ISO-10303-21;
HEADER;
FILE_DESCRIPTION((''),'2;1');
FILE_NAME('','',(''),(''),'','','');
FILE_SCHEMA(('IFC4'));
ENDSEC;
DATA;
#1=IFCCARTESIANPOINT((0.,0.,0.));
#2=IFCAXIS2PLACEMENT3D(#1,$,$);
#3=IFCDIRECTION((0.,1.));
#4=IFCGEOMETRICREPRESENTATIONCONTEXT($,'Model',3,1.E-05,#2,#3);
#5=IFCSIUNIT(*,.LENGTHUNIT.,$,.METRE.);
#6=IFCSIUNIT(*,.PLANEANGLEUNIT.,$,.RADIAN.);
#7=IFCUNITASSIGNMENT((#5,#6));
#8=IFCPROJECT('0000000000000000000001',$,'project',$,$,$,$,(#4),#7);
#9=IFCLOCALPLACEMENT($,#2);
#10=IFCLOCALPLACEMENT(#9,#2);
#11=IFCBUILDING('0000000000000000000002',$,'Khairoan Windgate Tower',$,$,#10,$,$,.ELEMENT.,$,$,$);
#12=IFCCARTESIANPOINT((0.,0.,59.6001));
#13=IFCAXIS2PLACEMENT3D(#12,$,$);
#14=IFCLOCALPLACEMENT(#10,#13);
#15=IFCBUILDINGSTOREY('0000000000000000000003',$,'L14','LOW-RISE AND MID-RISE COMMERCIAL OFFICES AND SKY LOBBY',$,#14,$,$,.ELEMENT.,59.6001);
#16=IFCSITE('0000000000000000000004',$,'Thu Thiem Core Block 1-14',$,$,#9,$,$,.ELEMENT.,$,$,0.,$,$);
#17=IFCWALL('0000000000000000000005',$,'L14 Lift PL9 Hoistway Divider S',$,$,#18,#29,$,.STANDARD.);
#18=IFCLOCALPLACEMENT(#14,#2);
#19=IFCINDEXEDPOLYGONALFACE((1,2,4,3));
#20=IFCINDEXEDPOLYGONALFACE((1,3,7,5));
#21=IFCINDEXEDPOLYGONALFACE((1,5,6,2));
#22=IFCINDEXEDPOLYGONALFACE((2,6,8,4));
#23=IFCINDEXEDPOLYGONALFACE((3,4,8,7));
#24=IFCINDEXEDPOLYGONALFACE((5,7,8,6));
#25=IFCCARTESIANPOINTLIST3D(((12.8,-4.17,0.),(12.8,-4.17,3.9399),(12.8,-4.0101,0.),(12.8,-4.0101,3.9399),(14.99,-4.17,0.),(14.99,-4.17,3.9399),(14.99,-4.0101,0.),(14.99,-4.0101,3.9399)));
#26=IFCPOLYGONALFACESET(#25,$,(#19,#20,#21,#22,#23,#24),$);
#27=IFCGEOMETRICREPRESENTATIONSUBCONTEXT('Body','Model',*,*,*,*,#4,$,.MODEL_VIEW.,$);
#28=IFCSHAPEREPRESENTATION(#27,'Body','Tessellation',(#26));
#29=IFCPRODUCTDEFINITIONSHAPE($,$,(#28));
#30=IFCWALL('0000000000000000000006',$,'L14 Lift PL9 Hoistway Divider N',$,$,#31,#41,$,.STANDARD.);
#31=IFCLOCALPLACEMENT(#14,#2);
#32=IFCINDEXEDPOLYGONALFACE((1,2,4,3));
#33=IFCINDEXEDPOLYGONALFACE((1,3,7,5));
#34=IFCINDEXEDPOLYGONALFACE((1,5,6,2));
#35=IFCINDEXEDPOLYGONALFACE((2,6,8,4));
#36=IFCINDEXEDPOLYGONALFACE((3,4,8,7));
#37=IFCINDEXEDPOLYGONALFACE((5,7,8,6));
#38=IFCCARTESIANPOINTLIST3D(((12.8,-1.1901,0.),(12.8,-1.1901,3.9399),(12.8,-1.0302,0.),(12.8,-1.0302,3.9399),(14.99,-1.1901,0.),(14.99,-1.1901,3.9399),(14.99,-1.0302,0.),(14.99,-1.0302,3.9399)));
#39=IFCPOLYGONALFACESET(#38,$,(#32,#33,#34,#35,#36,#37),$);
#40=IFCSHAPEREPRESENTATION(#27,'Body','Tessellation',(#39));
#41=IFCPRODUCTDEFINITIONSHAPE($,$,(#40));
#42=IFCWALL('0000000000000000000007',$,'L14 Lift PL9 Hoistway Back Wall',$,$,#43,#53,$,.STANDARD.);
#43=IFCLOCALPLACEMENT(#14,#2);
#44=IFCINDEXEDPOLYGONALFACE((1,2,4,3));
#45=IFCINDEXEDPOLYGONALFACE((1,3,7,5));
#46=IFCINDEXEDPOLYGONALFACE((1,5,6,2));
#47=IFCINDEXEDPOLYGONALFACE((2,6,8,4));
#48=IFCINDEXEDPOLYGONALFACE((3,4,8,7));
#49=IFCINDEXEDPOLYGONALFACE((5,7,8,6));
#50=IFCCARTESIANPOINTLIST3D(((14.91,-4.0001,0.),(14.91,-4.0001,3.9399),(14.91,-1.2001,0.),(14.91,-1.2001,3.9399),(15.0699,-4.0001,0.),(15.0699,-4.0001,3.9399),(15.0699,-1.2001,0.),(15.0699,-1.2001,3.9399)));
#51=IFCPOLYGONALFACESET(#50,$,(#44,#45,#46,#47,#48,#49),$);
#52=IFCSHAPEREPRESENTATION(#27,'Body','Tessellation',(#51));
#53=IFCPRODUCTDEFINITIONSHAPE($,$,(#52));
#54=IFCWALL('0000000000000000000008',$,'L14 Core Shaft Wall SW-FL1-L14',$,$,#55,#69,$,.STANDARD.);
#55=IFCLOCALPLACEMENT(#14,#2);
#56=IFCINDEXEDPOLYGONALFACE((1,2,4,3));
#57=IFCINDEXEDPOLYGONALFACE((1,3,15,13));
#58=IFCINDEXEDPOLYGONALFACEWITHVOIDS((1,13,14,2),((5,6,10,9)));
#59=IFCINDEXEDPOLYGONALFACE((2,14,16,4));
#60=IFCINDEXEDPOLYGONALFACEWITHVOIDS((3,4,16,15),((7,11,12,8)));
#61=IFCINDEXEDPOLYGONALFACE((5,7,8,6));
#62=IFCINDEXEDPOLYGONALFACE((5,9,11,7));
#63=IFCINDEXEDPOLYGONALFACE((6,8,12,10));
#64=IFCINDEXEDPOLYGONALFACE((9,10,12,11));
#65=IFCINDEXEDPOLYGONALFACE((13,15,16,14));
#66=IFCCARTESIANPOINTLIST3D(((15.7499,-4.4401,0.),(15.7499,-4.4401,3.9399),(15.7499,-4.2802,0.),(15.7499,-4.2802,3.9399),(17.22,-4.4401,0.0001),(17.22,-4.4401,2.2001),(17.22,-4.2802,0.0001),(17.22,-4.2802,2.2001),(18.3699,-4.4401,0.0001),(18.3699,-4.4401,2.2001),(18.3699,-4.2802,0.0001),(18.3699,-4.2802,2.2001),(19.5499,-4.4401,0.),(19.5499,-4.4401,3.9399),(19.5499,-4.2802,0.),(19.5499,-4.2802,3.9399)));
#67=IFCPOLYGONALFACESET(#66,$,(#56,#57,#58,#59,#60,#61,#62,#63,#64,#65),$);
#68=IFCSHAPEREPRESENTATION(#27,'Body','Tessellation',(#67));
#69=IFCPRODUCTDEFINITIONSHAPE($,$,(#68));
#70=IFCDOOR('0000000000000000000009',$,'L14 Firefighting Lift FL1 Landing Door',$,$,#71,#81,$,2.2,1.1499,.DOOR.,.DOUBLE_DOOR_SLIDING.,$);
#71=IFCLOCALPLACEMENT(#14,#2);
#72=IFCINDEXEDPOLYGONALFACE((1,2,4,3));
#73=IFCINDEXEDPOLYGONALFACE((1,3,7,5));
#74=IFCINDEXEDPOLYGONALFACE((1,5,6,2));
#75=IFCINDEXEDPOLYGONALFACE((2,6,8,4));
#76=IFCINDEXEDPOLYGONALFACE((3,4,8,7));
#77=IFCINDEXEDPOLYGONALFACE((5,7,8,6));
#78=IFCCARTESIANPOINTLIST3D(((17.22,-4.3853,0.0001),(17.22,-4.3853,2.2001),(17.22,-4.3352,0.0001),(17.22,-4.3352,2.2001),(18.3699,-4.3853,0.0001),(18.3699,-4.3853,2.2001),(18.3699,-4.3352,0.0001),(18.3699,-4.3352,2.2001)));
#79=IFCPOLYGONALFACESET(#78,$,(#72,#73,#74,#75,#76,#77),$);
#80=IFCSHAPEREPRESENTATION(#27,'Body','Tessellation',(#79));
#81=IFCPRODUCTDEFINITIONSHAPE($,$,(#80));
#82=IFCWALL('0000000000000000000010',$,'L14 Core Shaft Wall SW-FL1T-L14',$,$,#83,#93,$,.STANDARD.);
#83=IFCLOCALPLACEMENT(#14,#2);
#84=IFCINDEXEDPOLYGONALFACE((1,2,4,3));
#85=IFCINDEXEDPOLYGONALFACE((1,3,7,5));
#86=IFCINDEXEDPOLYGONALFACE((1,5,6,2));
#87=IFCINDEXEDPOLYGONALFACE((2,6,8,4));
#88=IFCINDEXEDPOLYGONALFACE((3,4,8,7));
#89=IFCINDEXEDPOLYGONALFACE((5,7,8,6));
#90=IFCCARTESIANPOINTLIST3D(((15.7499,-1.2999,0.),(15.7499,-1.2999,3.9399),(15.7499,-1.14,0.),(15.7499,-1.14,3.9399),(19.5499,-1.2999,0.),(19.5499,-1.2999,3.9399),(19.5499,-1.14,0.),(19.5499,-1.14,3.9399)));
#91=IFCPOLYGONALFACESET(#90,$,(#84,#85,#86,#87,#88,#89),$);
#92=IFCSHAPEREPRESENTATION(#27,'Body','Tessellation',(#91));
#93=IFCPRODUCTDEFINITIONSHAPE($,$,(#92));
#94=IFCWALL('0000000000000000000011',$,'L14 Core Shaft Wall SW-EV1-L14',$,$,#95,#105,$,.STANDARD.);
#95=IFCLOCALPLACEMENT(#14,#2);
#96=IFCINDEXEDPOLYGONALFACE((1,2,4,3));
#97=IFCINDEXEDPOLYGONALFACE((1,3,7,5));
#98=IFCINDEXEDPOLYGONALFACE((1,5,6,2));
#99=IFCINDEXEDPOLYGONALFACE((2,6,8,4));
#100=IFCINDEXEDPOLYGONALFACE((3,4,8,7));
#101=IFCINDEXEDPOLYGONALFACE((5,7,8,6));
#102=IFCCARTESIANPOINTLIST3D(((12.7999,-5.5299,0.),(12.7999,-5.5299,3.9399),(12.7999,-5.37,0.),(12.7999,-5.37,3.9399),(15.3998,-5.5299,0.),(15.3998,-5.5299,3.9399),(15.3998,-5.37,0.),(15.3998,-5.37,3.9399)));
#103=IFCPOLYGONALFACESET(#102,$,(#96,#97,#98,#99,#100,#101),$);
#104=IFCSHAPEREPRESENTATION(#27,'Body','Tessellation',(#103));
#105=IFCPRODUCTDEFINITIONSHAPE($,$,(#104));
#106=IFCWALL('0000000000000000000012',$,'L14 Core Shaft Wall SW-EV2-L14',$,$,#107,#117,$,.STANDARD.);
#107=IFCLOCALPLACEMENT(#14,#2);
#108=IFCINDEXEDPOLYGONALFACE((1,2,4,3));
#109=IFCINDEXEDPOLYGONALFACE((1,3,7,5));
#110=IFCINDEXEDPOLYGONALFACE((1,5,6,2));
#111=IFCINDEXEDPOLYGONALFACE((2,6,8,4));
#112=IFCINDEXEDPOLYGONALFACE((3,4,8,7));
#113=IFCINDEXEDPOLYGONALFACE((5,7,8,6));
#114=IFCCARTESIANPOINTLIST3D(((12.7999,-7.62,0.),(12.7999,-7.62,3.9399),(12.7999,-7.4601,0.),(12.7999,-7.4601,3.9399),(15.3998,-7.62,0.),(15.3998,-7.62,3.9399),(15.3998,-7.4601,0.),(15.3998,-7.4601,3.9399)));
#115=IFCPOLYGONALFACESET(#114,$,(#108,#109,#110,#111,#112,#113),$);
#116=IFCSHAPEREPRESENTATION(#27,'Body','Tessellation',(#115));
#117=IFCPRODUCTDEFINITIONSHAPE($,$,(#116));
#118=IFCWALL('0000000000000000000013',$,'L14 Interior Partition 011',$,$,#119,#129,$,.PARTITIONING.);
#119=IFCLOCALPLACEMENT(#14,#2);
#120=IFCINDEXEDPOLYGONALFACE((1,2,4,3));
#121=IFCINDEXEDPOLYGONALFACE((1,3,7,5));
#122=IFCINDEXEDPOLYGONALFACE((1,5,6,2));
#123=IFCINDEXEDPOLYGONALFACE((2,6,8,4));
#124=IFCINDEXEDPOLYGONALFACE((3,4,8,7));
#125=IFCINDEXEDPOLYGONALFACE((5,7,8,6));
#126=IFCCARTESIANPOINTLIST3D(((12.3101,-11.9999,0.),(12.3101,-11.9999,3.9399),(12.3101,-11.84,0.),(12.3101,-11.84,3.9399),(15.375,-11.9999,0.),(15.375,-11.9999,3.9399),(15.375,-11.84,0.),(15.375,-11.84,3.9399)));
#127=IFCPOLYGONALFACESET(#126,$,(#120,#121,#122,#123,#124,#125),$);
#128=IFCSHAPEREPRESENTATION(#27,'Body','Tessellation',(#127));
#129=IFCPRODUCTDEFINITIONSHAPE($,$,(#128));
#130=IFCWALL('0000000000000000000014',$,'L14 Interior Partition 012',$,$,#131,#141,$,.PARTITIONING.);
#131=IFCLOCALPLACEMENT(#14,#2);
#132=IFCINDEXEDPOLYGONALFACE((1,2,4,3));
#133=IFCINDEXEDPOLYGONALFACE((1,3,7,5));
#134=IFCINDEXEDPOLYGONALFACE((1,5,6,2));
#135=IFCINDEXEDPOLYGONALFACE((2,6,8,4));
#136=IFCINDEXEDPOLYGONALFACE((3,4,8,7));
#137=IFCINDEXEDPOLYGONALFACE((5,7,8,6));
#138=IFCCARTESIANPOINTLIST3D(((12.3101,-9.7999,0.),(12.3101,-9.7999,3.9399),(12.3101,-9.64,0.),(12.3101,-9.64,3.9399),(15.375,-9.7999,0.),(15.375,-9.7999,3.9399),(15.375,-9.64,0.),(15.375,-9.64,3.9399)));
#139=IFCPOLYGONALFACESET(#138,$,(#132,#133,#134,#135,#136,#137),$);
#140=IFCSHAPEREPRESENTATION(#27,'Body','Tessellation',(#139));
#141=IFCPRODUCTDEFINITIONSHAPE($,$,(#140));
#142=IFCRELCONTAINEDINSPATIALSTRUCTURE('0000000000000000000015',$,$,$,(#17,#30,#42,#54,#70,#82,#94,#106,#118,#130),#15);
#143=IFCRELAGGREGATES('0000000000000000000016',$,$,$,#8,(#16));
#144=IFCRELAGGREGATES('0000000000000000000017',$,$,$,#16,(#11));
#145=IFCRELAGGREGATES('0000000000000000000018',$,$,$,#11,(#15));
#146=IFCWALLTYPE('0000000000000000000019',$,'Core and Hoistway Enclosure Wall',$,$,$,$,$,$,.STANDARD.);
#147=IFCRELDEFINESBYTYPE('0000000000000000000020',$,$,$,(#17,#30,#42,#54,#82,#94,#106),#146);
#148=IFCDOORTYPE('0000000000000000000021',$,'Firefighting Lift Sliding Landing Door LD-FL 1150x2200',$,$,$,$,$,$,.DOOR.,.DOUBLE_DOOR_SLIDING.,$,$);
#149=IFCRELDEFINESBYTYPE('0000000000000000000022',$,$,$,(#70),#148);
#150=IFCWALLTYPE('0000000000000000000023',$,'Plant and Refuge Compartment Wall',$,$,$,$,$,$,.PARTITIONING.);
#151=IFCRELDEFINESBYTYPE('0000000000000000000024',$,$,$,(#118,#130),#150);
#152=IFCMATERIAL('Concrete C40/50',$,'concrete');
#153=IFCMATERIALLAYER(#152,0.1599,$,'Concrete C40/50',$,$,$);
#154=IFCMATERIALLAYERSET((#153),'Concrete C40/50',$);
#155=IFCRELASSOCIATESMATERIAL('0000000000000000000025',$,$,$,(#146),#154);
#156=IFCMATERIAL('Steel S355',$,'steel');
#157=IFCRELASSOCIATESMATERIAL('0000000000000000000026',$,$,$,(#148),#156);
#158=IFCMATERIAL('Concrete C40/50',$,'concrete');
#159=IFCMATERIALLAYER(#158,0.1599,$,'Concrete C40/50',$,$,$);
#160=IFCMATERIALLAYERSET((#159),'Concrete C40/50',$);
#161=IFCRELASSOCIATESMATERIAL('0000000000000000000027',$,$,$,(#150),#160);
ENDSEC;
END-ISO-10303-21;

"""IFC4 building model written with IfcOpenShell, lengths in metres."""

from ifc_helpers import new_model, si_unit, direction, frame, frame_2d, origin, place, context, subcontext, project, spatial, rectangle, extrude, material, layer, layer_set, type_object, element, fill, save


model = new_model("IFC4")

# Units and contexts
model_context = context("Model", 3, precision=1e-05, world=origin(), true_north=direction((0.0, 1.0)))
body_context = subcontext(model_context, "Body", "Model", "MODEL_VIEW")
ifc_project = project(units=[si_unit("LENGTHUNIT", "METRE"), si_unit("PLANEANGLEUNIT", "RADIAN")], contexts=[model_context])

# Site, building, storey
site_placement = place(None, origin())
site = spatial("IfcSite", under=ifc_project, at=site_placement, Name="Thu Thiem Core Block 1-14", CompositionType="ELEMENT", RefElevation=0.0)
building_placement = place(site_placement, origin())
building = spatial("IfcBuilding", under=site, at=building_placement, Name="Khairoan Windgate Tower", CompositionType="ELEMENT")
storey_placement = place(building_placement, frame((0.0, 0.0, 59.6001)))
storey = spatial("IfcBuildingStorey", under=building, at=storey_placement, Name="L14", Description="LOW-RISE AND MID-RISE COMMERCIAL OFFICES AND SKY LOBBY", CompositionType="ELEMENT", Elevation=59.6001)

# Walls
ifc_material_1 = material(Name="Concrete C40/50", Category="concrete")
ifc_layer_1 = layer(ifc_material_1, 0.1599, Name="Concrete C40/50")
ifc_layer_set_1 = layer_set([ifc_layer_1], Name="Concrete C40/50")
wall_type_1 = type_object("IfcWallType", Name="Core and Hoistway Enclosure Wall", PredefinedType="STANDARD", material=ifc_layer_set_1)
for number, where, z_axis, x_axis, name in (
    (1, (12.8, -4.0901, 0.0), (0.0, 0.0, 1.0), (1.0, 0.0, 0.0), "L14 Lift PL9 Hoistway Divider S"),
    (2, (12.8, -1.1101, 0.0), (0.0, 0.0, 1.0), (1.0, 0.0, 0.0), "L14 Lift PL9 Hoistway Divider N"),
):
    element("IfcWall", number, at=place(storey_placement, frame(where, z_axis=z_axis, x_axis=x_axis)), inside=storey, type_object=wall_type_1, Name=name, PredefinedType="STANDARD", context=body_context, shape_type="SweptSolid", body=[
        extrude(rectangle(XDim=2.1899, YDim=0.1599, at=frame_2d((1.095, 0.0))), origin(), (0.0, 0.0, 1.0), 3.9399),
    ])
wall_1_placement = place(storey_placement, frame((14.99, -4.0, 0.0), z_axis=(0.0, 0.0, 1.0), x_axis=(0.0, 1.0, 0.0)))
element("IfcWall", 3, at=wall_1_placement, inside=storey, type_object=wall_type_1, Name="L14 Lift PL9 Hoistway Back Wall", PredefinedType="STANDARD", context=body_context, shape_type="SweptSolid", body=[
    extrude(rectangle(XDim=2.8, YDim=0.1599, at=frame_2d((1.3999, 0.0))), origin(), (0.0, 0.0, 1.0), 3.9399),
])

# Wall, opening, door
wall_2_placement = place(storey_placement, frame((15.75, -4.3601, 0.0), z_axis=(0.0, 0.0, 1.0), x_axis=(1.0, 0.0, 0.0)))
wall_2 = element("IfcWall", 4, at=wall_2_placement, inside=storey, type_object=wall_type_1, Name="L14 Core Shaft Wall SW-FL1-L14", PredefinedType="STANDARD", context=body_context, shape_type="SweptSolid", body=[
    extrude(rectangle(XDim=3.8, YDim=0.1599, at=frame_2d((1.8999, 0.0))), origin(), (0.0, 0.0, 1.0), 3.9399),
])
opening_placement = place(wall_2_placement, frame((1.47, 0.0, 0.0)))
opening = element("IfcOpeningElement", 5, at=opening_placement, cuts=wall_2, PredefinedType="OPENING", context=body_context, shape_type="SweptSolid", body=[
    extrude(rectangle(XDim=1.1499, YDim=2.2, at=frame_2d((0.575, 1.1001))), frame((0.0, 0.0898, 0.0), z_axis=(0.0, -1.0, 0.0), x_axis=(1.0, 0.0, 0.0)), (0.0, 0.0, 1.0), 0.1799),
])
ifc_material_2 = material(Name="Steel S355", Category="steel")
door_type = type_object("IfcDoorType", Name="Firefighting Lift Sliding Landing Door LD-FL 1150x2200", OperationType="DOUBLE_DOOR_SLIDING", PredefinedType="DOOR", material=ifc_material_2)
door_placement = place(opening_placement, origin())
door = element("IfcDoor", 6, at=door_placement, inside=storey, type_object=door_type, Name="L14 Firefighting Lift FL1 Landing Door", OperationType="DOUBLE_DOOR_SLIDING", OverallHeight=2.2, OverallWidth=1.1499, PredefinedType="DOOR", context=body_context, shape_type="SweptSolid", body=[
    extrude(rectangle(XDim=1.1499, YDim=2.2, at=frame_2d((0.575, 1.1001))), frame((0.0, 0.0249, 0.0), z_axis=(0.0, -1.0, 0.0), x_axis=(1.0, 0.0, 0.0)), (0.0, 0.0, 1.0), 0.05),
])
fill(opening, door)

# Walls
wall_3_placement = place(storey_placement, frame((15.75, -1.22, 0.0), z_axis=(0.0, 0.0, 1.0), x_axis=(1.0, 0.0, 0.0)))
element("IfcWall", 7, at=wall_3_placement, inside=storey, type_object=wall_type_1, Name="L14 Core Shaft Wall SW-FL1T-L14", PredefinedType="STANDARD", context=body_context, shape_type="SweptSolid", body=[
    extrude(rectangle(XDim=3.8, YDim=0.1599, at=frame_2d((1.8999, 0.0))), origin(), (0.0, 0.0, 1.0), 3.9399),
])
for number, where, z_axis, x_axis, name in (
    (8, (12.8, -5.45, 0.0), (0.0, 0.0, 1.0), (1.0, 0.0, 0.0), "L14 Core Shaft Wall SW-EV1-L14"),
    (9, (12.8, -7.54, 0.0), (0.0, 0.0, 1.0), (1.0, 0.0, 0.0), "L14 Core Shaft Wall SW-EV2-L14"),
):
    element("IfcWall", number, at=place(storey_placement, frame(where, z_axis=z_axis, x_axis=x_axis)), inside=storey, type_object=wall_type_1, Name=name, PredefinedType="STANDARD", context=body_context, shape_type="SweptSolid", body=[
        extrude(rectangle(XDim=2.5999, YDim=0.1599, at=frame_2d((1.2998, 0.0))), origin(), (0.0, 0.0, 1.0), 3.9399),
    ])
ifc_material_3 = material(Name="Concrete C40/50", Category="concrete")
ifc_layer_2 = layer(ifc_material_3, 0.1599, Name="Concrete C40/50")
ifc_layer_set_2 = layer_set([ifc_layer_2], Name="Concrete C40/50")
wall_type_2 = type_object("IfcWallType", Name="Plant and Refuge Compartment Wall", PredefinedType="PARTITIONING", material=ifc_layer_set_2)
for number, where, z_axis, x_axis, name in (
    (10, (12.3101, -11.9199, 0.0), (0.0, 0.0, 1.0), (1.0, 0.0, 0.0), "L14 Interior Partition 011"),
    (11, (12.3101, -9.72, 0.0), (0.0, 0.0, 1.0), (1.0, 0.0, 0.0), "L14 Interior Partition 012"),
):
    element("IfcWall", number, at=place(storey_placement, frame(where, z_axis=z_axis, x_axis=x_axis)), inside=storey, type_object=wall_type_2, Name=name, PredefinedType="PARTITIONING", context=body_context, shape_type="SweptSolid", body=[
        extrude(rectangle(XDim=3.0649, YDim=0.1599, at=frame_2d((1.5325, 0.0))), origin(), (0.0, 0.0, 1.0), 3.9399),
    ])

save(model, "model.ifc")
